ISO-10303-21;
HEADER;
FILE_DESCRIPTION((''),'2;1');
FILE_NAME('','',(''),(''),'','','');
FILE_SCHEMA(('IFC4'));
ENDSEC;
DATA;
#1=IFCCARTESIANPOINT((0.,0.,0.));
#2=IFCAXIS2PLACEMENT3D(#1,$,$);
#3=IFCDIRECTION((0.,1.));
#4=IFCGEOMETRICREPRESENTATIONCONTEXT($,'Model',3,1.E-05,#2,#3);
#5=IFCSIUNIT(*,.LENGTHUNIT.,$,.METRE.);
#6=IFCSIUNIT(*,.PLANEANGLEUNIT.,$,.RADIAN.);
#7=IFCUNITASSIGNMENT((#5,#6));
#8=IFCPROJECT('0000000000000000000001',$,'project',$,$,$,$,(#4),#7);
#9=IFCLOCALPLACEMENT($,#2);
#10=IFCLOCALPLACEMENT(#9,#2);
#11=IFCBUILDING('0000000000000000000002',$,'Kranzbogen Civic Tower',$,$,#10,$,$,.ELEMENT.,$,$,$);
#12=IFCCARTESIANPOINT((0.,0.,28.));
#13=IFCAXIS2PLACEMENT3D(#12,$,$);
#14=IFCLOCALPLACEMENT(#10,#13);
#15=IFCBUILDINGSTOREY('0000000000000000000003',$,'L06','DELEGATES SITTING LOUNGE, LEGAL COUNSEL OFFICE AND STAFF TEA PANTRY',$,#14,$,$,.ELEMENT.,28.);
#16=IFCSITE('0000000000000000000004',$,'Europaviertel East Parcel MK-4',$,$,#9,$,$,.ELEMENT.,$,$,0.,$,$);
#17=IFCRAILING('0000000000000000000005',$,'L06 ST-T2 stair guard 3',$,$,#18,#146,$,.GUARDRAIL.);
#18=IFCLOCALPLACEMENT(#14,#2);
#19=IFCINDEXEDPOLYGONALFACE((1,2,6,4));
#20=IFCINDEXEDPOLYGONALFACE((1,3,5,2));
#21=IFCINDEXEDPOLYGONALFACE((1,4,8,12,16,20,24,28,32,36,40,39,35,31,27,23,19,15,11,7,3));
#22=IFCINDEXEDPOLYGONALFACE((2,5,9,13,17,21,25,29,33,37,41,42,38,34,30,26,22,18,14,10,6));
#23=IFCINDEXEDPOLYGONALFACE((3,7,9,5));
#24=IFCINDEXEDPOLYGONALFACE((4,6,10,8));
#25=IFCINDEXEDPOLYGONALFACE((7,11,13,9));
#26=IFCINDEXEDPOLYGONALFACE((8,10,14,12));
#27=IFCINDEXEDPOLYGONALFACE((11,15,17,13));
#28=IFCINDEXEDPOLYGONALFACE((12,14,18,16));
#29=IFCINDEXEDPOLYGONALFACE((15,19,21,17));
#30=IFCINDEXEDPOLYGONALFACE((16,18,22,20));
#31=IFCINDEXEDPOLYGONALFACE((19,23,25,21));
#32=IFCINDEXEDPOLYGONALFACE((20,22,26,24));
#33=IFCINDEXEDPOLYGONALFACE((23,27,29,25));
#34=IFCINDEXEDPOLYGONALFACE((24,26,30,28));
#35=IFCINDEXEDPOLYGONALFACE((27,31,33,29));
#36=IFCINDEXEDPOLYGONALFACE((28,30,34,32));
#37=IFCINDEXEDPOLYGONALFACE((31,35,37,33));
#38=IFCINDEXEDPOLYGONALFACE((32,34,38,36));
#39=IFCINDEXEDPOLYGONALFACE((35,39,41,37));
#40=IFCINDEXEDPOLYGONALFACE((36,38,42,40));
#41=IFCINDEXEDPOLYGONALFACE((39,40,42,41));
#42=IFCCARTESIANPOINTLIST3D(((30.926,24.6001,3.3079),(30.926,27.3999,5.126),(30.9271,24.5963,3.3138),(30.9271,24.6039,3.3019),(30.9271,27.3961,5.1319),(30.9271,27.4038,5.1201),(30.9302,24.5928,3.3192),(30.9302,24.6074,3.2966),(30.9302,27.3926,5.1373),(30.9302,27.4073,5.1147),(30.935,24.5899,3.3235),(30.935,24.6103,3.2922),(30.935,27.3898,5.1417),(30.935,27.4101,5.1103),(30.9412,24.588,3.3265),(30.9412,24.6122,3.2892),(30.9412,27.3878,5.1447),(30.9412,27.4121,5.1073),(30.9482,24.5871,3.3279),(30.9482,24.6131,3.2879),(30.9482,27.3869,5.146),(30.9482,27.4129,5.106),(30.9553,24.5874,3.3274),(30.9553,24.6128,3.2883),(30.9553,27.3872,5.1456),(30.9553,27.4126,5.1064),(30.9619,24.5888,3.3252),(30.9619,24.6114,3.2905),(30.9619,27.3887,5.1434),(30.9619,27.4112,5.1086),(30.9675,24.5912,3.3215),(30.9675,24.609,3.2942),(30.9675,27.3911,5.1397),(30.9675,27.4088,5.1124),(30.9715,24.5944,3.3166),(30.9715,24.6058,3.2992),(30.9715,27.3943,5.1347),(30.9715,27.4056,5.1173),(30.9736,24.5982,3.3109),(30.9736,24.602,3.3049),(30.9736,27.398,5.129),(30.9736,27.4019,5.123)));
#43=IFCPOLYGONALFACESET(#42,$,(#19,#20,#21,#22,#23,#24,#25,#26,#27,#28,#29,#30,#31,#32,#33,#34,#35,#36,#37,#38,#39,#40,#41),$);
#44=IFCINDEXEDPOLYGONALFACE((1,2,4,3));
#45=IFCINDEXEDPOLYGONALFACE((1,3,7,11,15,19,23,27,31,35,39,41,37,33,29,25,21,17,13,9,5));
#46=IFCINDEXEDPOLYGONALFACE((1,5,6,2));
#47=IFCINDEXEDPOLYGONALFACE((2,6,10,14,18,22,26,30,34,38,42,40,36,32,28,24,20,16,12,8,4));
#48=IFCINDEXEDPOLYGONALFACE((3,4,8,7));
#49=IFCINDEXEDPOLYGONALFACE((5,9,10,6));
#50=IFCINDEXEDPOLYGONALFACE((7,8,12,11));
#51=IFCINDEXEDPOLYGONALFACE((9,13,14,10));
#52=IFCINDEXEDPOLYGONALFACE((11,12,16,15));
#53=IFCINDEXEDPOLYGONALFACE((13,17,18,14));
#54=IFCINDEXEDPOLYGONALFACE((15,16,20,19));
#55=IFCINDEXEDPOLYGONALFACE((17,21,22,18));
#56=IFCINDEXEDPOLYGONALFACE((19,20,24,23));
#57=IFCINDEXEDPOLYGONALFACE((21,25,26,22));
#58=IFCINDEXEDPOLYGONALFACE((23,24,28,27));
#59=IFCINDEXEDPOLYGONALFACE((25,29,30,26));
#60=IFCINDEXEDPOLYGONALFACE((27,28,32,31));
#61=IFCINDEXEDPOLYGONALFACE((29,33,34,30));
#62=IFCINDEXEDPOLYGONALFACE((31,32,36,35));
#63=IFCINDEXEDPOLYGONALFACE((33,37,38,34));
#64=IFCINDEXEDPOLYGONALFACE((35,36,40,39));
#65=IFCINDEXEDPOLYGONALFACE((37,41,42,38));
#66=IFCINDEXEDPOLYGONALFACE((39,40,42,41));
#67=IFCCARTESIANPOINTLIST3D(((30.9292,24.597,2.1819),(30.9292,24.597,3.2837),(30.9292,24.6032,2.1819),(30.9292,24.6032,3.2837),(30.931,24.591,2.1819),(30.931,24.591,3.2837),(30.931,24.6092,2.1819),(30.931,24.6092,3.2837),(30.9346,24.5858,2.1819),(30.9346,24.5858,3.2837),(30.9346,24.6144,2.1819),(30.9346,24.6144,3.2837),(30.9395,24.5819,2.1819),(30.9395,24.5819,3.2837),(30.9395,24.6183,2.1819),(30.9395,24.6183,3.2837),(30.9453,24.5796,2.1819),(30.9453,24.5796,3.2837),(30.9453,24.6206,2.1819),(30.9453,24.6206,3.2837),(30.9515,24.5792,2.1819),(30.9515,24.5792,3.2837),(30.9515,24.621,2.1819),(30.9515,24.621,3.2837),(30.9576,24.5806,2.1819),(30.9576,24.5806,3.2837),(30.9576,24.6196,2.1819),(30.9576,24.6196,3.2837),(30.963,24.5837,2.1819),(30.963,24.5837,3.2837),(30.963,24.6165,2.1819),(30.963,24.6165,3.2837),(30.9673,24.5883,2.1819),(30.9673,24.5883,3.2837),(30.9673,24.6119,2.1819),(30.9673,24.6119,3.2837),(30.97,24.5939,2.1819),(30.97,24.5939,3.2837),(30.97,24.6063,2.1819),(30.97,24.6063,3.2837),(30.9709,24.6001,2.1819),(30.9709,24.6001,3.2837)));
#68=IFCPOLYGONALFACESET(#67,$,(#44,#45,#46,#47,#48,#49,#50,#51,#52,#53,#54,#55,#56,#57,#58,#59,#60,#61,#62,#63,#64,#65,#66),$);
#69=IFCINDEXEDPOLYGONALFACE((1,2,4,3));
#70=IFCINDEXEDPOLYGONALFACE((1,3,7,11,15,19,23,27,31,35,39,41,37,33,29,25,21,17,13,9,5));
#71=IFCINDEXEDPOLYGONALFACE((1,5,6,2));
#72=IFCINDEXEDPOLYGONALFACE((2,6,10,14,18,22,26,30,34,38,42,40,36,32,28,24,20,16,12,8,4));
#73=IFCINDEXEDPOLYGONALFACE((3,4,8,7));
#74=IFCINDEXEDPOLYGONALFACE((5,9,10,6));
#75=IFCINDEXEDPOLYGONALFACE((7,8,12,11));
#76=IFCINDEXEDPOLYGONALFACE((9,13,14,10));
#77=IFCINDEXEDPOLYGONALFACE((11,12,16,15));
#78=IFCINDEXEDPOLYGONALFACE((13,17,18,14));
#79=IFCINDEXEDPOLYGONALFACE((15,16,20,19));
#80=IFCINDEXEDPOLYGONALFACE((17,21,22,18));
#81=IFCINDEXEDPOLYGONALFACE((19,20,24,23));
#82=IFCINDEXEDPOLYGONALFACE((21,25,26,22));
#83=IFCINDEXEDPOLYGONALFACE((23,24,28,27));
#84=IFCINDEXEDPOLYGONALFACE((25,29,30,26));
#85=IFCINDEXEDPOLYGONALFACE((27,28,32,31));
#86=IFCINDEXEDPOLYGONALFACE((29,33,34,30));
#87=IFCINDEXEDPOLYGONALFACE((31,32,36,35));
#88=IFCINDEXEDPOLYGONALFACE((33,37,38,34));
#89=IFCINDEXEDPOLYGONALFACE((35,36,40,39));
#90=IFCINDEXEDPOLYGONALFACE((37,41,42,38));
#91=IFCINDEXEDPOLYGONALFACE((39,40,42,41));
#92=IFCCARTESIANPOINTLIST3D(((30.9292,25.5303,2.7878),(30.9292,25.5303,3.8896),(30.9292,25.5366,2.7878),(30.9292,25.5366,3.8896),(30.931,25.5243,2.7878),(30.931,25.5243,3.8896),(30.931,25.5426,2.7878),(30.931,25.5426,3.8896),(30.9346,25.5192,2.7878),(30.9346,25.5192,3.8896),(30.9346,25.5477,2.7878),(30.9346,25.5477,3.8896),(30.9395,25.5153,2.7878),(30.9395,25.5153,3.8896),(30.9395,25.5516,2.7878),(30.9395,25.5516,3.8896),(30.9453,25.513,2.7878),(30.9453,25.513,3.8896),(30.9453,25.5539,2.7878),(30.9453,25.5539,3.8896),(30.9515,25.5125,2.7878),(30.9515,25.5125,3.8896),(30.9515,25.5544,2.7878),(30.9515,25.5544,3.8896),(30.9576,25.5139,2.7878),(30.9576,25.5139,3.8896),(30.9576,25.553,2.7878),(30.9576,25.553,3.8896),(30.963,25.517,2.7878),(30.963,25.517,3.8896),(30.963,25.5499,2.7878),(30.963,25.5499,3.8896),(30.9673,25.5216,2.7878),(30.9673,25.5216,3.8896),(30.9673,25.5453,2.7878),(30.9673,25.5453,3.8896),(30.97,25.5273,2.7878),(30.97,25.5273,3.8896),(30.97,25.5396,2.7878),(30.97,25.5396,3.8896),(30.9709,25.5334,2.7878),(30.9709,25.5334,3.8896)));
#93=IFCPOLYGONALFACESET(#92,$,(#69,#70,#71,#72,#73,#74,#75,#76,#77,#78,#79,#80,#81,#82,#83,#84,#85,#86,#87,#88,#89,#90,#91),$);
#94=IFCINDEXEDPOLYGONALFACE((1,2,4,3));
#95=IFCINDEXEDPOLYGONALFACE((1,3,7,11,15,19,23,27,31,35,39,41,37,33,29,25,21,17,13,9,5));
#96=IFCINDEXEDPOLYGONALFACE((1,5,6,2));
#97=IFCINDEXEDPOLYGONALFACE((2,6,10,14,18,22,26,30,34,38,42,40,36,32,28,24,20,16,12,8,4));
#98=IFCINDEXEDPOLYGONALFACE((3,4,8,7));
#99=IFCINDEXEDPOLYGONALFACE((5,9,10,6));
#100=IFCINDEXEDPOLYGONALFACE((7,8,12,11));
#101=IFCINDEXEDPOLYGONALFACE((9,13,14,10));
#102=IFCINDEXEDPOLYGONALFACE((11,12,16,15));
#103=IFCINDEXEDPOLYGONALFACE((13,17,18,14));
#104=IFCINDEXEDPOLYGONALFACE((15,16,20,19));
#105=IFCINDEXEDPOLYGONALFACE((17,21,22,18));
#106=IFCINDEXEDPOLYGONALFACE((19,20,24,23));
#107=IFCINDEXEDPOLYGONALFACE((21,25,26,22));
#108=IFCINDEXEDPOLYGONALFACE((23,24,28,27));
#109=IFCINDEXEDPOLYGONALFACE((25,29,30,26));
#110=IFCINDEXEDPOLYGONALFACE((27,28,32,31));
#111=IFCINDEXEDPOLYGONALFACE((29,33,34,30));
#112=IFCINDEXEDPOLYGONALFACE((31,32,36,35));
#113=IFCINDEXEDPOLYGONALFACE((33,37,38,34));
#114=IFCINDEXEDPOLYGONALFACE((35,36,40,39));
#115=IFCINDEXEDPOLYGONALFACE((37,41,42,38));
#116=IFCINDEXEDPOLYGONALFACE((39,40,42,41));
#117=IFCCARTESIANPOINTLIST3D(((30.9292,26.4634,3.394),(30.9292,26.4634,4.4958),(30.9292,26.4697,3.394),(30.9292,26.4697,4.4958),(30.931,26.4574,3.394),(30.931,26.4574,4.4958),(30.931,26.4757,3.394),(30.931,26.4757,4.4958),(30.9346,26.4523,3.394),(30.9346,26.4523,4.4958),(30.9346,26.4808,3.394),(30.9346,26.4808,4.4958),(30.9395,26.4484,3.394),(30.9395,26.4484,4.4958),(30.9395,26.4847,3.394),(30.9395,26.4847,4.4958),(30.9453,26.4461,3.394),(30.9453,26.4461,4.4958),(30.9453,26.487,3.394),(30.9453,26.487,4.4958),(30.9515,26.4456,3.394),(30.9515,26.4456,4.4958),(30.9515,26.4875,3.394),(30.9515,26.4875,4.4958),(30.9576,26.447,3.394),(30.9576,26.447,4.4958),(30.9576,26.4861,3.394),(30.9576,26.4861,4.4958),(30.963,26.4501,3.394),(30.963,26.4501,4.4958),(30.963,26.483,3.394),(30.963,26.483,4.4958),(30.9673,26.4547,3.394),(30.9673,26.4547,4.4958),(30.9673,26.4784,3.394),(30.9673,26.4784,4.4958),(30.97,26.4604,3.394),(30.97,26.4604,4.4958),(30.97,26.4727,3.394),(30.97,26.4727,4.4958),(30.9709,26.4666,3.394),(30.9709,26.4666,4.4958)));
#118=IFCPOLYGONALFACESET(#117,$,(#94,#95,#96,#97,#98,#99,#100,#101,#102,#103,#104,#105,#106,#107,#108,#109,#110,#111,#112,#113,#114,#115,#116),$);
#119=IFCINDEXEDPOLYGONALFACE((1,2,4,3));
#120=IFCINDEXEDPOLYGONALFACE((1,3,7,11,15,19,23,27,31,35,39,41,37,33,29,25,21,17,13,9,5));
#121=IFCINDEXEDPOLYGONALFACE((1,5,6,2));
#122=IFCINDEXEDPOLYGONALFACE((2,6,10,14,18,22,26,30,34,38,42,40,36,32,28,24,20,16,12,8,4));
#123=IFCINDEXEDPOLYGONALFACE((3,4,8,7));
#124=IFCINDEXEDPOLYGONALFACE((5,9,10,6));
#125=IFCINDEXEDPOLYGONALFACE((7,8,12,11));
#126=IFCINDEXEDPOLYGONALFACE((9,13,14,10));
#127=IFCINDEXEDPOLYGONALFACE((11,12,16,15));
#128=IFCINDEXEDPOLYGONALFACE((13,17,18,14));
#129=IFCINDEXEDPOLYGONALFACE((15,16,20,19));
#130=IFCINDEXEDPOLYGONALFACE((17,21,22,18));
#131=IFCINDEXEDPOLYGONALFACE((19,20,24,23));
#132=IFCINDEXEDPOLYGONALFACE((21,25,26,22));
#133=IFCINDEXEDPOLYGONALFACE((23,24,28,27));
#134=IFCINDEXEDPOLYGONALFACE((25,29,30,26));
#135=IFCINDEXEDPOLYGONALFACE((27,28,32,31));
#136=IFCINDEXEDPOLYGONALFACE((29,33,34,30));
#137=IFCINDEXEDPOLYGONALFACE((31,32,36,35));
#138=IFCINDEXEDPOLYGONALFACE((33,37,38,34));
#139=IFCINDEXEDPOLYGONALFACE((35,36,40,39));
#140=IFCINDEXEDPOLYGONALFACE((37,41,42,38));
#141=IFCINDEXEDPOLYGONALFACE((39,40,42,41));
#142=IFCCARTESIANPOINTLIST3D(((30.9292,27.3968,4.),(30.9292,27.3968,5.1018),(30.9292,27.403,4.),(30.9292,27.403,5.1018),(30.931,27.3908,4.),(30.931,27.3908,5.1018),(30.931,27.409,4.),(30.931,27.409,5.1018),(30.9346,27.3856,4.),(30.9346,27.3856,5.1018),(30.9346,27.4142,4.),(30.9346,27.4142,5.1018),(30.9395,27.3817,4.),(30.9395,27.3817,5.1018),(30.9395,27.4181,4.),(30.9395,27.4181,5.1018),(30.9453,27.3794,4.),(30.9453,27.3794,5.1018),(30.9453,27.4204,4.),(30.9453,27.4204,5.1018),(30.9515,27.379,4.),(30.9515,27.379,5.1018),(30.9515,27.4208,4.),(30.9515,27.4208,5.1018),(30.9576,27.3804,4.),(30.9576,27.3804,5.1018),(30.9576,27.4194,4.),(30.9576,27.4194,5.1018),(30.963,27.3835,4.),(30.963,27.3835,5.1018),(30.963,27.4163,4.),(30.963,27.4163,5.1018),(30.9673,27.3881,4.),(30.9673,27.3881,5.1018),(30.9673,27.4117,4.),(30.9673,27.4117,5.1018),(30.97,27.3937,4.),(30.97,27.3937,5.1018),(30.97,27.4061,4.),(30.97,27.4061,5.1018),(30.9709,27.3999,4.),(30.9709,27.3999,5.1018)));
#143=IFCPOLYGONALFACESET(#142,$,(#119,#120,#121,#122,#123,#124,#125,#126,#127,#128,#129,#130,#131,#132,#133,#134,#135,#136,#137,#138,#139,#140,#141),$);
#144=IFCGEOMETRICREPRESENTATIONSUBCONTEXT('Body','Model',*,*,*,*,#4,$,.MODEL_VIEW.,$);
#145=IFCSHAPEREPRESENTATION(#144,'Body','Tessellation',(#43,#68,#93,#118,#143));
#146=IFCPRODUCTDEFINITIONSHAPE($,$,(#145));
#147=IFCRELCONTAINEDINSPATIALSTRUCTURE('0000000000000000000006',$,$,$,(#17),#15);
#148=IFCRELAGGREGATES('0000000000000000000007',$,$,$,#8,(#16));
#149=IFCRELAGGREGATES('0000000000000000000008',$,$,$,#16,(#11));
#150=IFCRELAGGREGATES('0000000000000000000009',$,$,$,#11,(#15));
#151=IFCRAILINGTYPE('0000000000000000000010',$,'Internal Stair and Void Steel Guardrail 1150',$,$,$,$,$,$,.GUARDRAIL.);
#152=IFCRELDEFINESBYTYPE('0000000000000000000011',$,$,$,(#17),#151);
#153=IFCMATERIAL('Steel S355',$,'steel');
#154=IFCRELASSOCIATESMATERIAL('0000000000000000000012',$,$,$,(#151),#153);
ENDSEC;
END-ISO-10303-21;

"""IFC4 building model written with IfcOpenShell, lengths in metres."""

from ifc_helpers import new_model, si_unit, direction, frame, origin, origin_2d, place, context, subcontext, project, spatial, circle, extrude, material, type_object, element, save


model = new_model("IFC4")

# Units and contexts
model_context = context("Model", 3, precision=1e-05, world=origin(), true_north=direction((0.0, 1.0)))
body_context = subcontext(model_context, "Body", "Model", "MODEL_VIEW")
ifc_project = project(units=[si_unit("LENGTHUNIT", "METRE"), si_unit("PLANEANGLEUNIT", "RADIAN")], contexts=[model_context])

# Site, building, storey
site_placement = place(None, origin())
site = spatial("IfcSite", under=ifc_project, at=site_placement, Name="Europaviertel East Parcel MK-4", CompositionType="ELEMENT", RefElevation=0.0)
building_placement = place(site_placement, origin())
building = spatial("IfcBuilding", under=site, at=building_placement, Name="Kranzbogen Civic Tower", CompositionType="ELEMENT")
storey_placement = place(building_placement, frame((0.0, 0.0, 28.0)))
storey = spatial("IfcBuildingStorey", under=building, at=storey_placement, Name="L06", Description="DELEGATES SITTING LOUNGE, LEGAL COUNSEL OFFICE AND STAFF TEA PANTRY", CompositionType="ELEMENT", Elevation=28.0)

# Shared definitions
ifc_material_1 = material(Name="Steel S355", Category="steel")

# Railing
railing_type_1 = type_object("IfcRailingType", Name="Internal Stair and Void Steel Guardrail 1150", PredefinedType="GUARDRAIL", material=ifc_material_1)
railing_1_placement = place(storey_placement, frame((30.95, 24.6001, 2.1819)))
element("IfcRailing", 1, at=railing_1_placement, inside=storey, type_object=railing_type_1, Name="L06 ST-T2 stair guard 3", PredefinedType="GUARDRAIL", context=body_context, shape_type="SweptSolid", body=[
    extrude(circle(Radius=0.0239, at=origin_2d()), frame((0.0, 0.0, 1.126), z_axis=(0.0, 0.838684, 0.544618), x_axis=(-1.0, 0.0, 0.0)), (0.0, 0.0, 1.0), 3.3384),
    extrude(circle(Radius=0.021, at=origin_2d()), origin(), (0.0, 0.0, 1.0), 1.1018),
    extrude(circle(Radius=0.021, at=origin_2d()), frame((0.0, 0.9333, 0.606)), (0.0, 0.0, 1.0), 1.1018),
    extrude(circle(Radius=0.021, at=origin_2d()), frame((0.0, 1.8665, 1.2122)), (0.0, 0.0, 1.0), 1.1018),
    extrude(circle(Radius=0.021, at=origin_2d()), frame((0.0, 2.7998, 1.8181)), (0.0, 0.0, 1.0), 1.1018),
])

save(model, "model.ifc")
